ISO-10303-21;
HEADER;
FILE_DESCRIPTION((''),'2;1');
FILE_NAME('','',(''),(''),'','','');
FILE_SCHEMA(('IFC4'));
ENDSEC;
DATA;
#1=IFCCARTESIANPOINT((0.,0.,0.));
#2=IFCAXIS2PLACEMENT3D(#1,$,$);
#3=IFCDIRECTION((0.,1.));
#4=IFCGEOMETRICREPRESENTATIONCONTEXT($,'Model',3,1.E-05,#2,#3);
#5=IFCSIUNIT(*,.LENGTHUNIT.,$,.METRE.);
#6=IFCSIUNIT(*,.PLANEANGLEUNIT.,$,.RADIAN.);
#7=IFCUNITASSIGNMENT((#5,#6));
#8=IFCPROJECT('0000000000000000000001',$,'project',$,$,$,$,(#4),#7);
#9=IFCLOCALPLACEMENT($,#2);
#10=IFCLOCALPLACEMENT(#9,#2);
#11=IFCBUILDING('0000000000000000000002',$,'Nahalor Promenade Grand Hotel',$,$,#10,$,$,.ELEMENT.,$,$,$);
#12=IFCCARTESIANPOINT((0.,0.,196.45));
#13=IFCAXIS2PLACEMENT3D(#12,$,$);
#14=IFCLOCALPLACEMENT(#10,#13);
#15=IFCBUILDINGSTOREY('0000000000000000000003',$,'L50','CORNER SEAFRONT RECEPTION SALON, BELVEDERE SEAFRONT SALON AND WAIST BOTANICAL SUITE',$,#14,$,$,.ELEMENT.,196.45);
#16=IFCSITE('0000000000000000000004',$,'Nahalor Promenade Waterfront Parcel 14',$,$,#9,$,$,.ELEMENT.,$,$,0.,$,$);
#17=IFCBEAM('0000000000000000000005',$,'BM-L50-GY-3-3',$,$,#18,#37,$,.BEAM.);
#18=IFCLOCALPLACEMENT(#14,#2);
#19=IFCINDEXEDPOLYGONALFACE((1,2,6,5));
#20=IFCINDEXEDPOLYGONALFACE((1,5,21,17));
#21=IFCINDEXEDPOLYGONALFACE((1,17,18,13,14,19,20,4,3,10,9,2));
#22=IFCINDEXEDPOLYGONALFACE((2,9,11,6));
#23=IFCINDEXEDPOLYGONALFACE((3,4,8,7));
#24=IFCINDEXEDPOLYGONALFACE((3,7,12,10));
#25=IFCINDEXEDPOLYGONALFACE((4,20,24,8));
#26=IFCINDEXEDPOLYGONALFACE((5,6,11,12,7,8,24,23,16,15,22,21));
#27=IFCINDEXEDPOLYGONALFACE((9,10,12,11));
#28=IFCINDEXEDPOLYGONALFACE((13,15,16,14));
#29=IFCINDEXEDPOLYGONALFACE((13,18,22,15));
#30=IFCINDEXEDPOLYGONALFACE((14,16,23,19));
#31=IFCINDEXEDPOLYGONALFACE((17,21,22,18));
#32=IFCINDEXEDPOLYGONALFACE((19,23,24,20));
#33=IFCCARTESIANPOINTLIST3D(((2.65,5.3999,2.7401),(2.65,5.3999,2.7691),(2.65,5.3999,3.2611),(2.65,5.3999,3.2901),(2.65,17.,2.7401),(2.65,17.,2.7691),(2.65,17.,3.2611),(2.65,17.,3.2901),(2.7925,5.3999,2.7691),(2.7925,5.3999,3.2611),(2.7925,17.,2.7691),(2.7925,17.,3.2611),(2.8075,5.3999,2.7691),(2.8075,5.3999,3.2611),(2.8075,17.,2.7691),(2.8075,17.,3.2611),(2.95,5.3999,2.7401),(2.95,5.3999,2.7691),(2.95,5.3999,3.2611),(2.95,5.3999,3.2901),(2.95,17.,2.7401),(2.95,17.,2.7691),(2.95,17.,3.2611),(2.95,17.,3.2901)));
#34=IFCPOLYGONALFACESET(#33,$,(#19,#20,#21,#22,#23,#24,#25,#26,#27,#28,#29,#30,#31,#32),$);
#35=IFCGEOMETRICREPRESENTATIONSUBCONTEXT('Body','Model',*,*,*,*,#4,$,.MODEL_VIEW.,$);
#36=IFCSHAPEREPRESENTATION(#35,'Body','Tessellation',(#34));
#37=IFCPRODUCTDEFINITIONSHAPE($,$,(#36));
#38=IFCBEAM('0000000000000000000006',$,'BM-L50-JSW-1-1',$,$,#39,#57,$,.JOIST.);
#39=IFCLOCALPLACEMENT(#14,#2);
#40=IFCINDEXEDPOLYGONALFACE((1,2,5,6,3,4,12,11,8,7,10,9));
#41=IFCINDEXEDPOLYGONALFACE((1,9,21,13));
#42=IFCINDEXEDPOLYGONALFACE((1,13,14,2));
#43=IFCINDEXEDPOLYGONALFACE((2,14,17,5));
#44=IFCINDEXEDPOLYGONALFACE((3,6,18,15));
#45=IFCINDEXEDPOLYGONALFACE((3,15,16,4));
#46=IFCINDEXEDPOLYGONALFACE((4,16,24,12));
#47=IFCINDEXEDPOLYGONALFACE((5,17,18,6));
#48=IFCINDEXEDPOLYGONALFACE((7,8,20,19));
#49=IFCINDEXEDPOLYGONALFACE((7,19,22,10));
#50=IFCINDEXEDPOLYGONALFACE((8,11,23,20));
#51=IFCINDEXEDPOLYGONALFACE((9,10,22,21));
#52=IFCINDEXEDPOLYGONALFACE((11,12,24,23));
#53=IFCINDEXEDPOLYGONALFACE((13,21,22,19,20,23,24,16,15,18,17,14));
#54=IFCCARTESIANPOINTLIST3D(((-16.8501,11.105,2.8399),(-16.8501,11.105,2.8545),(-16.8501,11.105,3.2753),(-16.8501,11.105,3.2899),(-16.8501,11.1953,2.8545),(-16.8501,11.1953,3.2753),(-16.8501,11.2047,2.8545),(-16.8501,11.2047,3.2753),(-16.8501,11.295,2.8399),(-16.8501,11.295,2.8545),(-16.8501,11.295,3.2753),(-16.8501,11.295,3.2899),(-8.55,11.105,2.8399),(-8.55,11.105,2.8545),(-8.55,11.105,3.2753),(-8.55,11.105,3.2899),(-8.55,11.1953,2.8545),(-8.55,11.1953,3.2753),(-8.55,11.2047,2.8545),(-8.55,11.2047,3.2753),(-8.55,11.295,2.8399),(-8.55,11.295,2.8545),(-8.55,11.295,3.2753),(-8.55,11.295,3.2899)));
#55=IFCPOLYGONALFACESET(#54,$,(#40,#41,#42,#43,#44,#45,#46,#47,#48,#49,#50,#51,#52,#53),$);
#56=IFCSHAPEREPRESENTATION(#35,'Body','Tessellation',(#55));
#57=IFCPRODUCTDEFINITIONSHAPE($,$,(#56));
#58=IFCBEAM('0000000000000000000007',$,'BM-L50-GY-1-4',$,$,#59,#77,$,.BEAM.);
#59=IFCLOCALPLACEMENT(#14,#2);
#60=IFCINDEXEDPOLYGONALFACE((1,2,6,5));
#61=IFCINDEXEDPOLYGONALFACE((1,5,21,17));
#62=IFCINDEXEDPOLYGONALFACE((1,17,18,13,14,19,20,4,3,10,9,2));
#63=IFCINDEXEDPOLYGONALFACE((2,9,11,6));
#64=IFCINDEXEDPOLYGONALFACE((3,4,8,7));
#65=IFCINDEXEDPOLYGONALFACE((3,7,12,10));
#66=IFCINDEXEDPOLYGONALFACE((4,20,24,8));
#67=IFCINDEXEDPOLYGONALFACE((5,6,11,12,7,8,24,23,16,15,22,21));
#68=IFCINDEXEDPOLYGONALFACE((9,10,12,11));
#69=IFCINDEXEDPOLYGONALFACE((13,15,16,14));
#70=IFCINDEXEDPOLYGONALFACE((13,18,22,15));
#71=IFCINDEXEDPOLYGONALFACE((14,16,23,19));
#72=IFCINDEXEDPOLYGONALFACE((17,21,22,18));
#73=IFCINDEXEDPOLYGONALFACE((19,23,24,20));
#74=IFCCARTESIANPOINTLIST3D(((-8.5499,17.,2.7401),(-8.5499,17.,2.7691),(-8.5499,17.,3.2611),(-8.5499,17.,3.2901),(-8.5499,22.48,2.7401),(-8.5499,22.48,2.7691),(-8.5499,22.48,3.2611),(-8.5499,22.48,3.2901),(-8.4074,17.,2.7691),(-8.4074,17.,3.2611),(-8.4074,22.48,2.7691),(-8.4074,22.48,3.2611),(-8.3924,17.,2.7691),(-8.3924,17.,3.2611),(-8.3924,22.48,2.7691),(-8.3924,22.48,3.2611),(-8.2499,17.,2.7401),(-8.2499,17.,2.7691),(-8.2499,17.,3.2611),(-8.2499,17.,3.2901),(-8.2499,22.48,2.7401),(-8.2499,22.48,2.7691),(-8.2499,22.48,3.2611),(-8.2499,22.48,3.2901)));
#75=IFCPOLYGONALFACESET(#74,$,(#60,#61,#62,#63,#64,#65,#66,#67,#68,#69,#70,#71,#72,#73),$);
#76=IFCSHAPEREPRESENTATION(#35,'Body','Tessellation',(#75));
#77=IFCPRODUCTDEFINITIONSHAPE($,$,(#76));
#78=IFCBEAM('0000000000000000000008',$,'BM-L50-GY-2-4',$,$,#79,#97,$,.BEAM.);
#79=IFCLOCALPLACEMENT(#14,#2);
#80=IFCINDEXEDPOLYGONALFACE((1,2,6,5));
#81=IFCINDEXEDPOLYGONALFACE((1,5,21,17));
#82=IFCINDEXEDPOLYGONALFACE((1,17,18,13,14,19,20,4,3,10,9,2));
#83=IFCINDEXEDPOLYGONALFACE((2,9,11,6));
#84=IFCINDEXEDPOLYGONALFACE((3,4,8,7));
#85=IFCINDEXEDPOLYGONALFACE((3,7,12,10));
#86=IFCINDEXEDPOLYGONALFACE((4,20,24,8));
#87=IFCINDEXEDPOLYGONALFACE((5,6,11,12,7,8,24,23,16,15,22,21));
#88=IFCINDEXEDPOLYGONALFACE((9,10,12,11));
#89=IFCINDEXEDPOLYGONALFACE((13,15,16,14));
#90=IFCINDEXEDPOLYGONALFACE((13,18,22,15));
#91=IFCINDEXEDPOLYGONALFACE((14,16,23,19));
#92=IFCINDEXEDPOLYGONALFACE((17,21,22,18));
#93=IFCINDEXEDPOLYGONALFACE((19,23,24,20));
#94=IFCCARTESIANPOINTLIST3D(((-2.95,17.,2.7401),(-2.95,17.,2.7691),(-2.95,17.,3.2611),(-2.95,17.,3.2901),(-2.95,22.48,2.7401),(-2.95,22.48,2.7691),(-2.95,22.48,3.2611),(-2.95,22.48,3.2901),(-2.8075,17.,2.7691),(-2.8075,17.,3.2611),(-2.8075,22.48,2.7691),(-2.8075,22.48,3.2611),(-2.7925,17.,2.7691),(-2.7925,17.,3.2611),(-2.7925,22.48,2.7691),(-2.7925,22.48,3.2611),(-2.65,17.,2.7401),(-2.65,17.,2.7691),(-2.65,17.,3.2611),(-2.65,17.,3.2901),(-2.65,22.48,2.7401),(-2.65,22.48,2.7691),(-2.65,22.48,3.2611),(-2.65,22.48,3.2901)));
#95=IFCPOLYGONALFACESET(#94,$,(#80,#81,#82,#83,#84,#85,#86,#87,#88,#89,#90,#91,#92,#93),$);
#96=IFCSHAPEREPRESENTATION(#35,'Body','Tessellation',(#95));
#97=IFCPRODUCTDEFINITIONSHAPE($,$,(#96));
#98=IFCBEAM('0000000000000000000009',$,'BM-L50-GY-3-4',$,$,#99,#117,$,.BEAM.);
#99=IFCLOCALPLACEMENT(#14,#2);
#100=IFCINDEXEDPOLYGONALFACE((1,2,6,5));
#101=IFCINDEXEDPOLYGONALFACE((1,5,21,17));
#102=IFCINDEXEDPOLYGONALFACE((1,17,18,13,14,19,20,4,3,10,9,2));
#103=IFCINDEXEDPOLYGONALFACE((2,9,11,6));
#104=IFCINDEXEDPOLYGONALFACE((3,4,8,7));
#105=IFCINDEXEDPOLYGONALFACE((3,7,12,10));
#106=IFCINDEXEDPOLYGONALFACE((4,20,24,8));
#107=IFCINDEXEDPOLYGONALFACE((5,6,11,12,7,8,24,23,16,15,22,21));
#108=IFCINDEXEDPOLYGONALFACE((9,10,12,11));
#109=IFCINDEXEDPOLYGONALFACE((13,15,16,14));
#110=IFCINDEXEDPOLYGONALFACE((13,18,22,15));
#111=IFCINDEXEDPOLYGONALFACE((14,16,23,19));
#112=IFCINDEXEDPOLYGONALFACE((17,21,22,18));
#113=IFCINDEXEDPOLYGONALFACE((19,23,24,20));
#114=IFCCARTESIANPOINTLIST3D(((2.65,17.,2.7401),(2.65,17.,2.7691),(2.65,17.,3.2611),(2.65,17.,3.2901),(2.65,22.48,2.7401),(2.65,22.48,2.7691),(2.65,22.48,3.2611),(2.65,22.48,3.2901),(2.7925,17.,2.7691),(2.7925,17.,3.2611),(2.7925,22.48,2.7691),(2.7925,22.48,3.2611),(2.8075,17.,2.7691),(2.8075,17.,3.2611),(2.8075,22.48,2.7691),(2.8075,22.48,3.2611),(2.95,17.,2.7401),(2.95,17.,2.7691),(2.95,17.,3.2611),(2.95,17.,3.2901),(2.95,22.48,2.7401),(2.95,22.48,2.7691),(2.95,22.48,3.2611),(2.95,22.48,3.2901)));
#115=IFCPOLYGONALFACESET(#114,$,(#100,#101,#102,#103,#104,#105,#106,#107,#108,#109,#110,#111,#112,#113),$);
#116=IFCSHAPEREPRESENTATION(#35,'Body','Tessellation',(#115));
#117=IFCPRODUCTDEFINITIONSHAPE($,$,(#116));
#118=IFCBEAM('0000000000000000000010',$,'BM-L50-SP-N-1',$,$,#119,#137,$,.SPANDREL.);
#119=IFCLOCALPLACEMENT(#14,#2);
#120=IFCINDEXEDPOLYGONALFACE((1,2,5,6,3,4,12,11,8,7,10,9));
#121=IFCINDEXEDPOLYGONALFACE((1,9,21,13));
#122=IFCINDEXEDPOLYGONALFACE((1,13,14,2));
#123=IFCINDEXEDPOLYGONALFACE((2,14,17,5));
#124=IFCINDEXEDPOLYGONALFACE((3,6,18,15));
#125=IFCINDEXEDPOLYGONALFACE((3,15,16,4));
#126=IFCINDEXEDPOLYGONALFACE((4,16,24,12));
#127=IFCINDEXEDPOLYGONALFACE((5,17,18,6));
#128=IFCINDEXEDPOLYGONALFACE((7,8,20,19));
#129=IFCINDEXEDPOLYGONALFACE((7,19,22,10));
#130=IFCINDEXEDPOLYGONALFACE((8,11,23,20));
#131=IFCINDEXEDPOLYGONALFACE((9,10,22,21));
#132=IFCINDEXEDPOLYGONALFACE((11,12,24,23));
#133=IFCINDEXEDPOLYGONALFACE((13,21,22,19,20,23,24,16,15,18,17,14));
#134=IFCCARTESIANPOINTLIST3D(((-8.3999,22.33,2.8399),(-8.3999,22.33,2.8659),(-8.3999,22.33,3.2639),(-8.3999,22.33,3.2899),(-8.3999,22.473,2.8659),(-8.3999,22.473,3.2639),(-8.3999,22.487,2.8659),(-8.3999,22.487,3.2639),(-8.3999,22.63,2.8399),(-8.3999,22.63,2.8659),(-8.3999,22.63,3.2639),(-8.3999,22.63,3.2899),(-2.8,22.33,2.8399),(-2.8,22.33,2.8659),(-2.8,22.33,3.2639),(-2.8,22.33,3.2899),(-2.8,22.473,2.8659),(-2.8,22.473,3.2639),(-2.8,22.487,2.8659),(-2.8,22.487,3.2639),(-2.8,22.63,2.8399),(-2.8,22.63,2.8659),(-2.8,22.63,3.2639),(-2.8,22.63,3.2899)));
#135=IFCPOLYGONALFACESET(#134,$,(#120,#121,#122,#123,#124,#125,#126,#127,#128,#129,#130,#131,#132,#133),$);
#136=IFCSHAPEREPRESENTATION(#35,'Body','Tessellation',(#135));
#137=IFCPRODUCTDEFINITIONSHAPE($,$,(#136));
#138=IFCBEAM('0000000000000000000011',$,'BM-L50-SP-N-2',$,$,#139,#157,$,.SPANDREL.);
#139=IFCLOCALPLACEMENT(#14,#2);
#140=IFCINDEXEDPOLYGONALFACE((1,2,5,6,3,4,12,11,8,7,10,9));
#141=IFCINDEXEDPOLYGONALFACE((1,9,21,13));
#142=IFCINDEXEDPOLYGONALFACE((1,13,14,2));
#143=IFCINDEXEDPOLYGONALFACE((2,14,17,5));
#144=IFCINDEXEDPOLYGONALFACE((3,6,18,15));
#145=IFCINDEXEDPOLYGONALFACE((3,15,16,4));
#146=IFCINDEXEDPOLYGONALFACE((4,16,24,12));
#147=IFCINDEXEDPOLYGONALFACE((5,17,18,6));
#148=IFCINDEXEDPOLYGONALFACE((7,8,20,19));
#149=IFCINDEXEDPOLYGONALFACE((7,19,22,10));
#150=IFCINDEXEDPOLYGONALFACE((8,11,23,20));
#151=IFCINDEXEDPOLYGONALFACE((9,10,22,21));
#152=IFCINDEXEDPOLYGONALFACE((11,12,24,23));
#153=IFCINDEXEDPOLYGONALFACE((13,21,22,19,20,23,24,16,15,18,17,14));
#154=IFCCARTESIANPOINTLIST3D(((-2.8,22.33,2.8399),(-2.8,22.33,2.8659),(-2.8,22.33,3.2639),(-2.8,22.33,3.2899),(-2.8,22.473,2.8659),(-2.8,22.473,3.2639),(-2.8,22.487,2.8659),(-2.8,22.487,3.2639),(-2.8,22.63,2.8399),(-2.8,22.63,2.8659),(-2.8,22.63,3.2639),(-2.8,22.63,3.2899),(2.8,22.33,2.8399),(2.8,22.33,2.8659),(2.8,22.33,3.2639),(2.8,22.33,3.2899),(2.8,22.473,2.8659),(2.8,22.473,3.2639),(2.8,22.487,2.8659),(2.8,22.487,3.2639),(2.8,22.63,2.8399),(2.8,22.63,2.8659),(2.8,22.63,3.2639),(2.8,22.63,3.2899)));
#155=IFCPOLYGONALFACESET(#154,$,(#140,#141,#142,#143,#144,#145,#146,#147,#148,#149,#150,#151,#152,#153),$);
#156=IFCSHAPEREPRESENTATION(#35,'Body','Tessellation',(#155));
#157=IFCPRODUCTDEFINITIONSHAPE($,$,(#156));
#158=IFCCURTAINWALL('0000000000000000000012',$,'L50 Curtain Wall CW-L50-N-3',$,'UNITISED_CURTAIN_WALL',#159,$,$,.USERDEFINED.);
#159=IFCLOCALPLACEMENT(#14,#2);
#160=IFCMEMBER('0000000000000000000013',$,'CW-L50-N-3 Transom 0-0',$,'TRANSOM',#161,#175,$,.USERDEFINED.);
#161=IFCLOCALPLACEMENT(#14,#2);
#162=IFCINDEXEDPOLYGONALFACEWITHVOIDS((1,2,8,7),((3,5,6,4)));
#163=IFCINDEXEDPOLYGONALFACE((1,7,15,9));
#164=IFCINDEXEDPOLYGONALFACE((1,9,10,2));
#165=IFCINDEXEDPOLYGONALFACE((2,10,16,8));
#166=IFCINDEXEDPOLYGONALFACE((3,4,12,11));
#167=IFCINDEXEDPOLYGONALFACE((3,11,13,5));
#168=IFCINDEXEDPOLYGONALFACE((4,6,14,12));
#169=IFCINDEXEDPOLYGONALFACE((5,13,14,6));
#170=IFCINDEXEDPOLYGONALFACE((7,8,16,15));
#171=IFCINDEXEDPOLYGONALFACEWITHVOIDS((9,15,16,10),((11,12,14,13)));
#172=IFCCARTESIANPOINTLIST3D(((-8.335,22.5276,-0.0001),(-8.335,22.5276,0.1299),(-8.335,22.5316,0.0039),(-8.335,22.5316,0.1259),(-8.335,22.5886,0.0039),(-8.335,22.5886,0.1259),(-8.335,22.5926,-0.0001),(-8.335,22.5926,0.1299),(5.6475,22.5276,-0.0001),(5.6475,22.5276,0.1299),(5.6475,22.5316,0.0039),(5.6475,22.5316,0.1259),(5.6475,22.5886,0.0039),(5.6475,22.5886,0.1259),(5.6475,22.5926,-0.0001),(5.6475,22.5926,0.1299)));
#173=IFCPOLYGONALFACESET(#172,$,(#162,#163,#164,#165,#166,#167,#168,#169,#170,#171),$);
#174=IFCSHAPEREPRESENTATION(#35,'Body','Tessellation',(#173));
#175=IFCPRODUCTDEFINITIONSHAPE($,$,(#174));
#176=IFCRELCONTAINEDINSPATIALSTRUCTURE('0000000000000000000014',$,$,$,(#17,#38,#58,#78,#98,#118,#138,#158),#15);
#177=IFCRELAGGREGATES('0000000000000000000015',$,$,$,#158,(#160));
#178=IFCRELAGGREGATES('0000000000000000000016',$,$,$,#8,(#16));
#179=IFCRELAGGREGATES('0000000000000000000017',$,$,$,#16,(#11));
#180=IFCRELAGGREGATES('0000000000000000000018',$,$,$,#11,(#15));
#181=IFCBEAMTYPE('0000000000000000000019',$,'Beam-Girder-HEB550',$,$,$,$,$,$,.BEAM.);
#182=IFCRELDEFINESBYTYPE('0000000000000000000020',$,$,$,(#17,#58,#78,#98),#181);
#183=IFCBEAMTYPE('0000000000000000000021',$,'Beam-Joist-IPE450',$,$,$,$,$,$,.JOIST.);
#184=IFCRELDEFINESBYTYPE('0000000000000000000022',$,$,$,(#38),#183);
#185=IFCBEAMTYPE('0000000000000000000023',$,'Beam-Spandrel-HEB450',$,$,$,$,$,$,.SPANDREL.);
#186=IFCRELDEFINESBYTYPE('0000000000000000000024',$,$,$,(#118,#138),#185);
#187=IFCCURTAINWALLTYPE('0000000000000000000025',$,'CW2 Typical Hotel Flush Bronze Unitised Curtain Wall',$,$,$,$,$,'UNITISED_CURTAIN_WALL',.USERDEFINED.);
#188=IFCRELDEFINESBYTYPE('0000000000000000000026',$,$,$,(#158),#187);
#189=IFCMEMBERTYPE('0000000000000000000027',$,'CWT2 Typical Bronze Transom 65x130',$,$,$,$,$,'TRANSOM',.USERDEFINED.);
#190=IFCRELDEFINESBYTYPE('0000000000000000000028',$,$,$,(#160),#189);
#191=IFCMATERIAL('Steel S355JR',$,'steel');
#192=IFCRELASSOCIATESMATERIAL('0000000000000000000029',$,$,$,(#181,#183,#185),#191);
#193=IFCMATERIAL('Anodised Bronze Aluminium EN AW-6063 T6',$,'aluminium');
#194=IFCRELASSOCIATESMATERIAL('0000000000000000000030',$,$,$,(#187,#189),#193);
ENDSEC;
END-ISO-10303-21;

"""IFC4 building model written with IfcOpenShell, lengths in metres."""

from ifc_helpers import new_model, si_unit, direction, frame, origin, origin_2d, place, context, subcontext, project, spatial, hollow_rectangle, i_section, extrude, source, transform, mapped, material, material_profile, profile_set, type_object, element, aggregate, save


model = new_model("IFC4")

# Units and contexts
model_context = context("Model", 3, precision=1e-05, world=origin(), true_north=direction((0.0, 1.0)))
body_context = subcontext(model_context, "Body", "Model", "MODEL_VIEW")
ifc_project = project(units=[si_unit("LENGTHUNIT", "METRE"), si_unit("PLANEANGLEUNIT", "RADIAN")], contexts=[model_context])

# Site, building, storey
site_placement = place(None, origin())
site = spatial("IfcSite", under=ifc_project, at=site_placement, Name="Nahalor Promenade Waterfront Parcel 14", CompositionType="ELEMENT", RefElevation=0.0)
building_placement = place(site_placement, origin())
building = spatial("IfcBuilding", under=site, at=building_placement, Name="Nahalor Promenade Grand Hotel", CompositionType="ELEMENT")
storey_placement = place(building_placement, frame((0.0, 0.0, 196.45)))
storey = spatial("IfcBuildingStorey", under=building, at=storey_placement, Name="L50", Description="CORNER SEAFRONT RECEPTION SALON, BELVEDERE SEAFRONT SALON AND WAIST BOTANICAL SUITE", CompositionType="ELEMENT", Elevation=196.45)

# Beams
ifc_material_1 = material(Name="Steel S355JR", Category="steel")
ifc_material_profile_1 = material_profile(ifc_material_1, i_section(OverallWidth=0.3, OverallDepth=0.55, WebThickness=0.015, FlangeThickness=0.029, at=origin_2d()), Name="HEB 550")
ifc_profile_set_1 = profile_set([ifc_material_profile_1], Name="Steel S355JR")
beam_type_1 = type_object("IfcBeamType", Name="Beam-Girder-HEB550", PredefinedType="BEAM", material=ifc_profile_set_1)
shared_shape_1 = source(origin(), body_context, "Body", "SweptSolid", [
    extrude(i_section(OverallWidth=0.3, OverallDepth=0.55, WebThickness=0.015, FlangeThickness=0.029, at=origin_2d()), origin(), (0.0, 0.0, 1.0), 11.6001),
])
beam_1_placement = place(storey_placement, frame((2.8, 5.3999, 3.0151), z_axis=(0.0, 1.0, 0.0), x_axis=(-1.0, 0.0, 0.0)))
element("IfcBeam", 1, at=beam_1_placement, inside=storey, type_object=beam_type_1, Name="BM-L50-GY-3-3", PredefinedType="BEAM", context=body_context, shape_type="MappedRepresentation", body=[
    mapped(shared_shape_1, transform((0.0, 0.0, 0.0), scale=1.0)),
])
ifc_material_profile_2 = material_profile(ifc_material_1, i_section(OverallWidth=0.19, OverallDepth=0.45, WebThickness=0.0094, FlangeThickness=0.0146, at=origin_2d()), Name="IPE 450")
ifc_profile_set_2 = profile_set([ifc_material_profile_2], Name="Steel S355JR")
beam_type_2 = type_object("IfcBeamType", Name="Beam-Joist-IPE450", PredefinedType="JOIST", material=ifc_profile_set_2)
shared_shape_2 = source(origin(), body_context, "Body", "SweptSolid", [
    extrude(i_section(OverallWidth=0.19, OverallDepth=0.45, WebThickness=0.0094, FlangeThickness=0.0146, at=origin_2d()), origin(), (0.0, 0.0, 1.0), 8.3),
])
beam_2_placement = place(storey_placement, frame((-16.8501, 11.2, 3.0649), z_axis=(1.0, 0.0, 0.0), x_axis=(0.0, 1.0, 0.0)))
element("IfcBeam", 2, at=beam_2_placement, inside=storey, type_object=beam_type_2, Name="BM-L50-JSW-1-1", PredefinedType="JOIST", context=body_context, shape_type="MappedRepresentation", body=[
    mapped(shared_shape_2, transform((0.0, 0.0, 0.0), scale=1.0)),
])
shared_shape_3 = source(origin(), body_context, "Body", "SweptSolid", [
    extrude(i_section(OverallWidth=0.3, OverallDepth=0.55, WebThickness=0.015, FlangeThickness=0.029, at=origin_2d()), origin(), (0.0, 0.0, 1.0), 5.48),
])
for number, where, z_axis, x_axis, name in (
    (3, (-8.3999, 17.0, 3.0151), (0.0, 1.0, 0.0), (-1.0, 0.0, 0.0), "BM-L50-GY-1-4"),
    (4, (-2.8, 17.0, 3.0151), (0.0, 1.0, 0.0), (-1.0, 0.0, 0.0), "BM-L50-GY-2-4"),
    (5, (2.8, 17.0, 3.0151), (0.0, 1.0, 0.0), (-1.0, 0.0, 0.0), "BM-L50-GY-3-4"),
):
    element("IfcBeam", number, at=place(storey_placement, frame(where, z_axis=z_axis, x_axis=x_axis)), inside=storey, type_object=beam_type_1, Name=name, PredefinedType="BEAM", context=body_context, shape_type="MappedRepresentation", body=[
        mapped(shared_shape_3, transform((0.0, 0.0, 0.0), scale=1.0)),
    ])
ifc_material_profile_3 = material_profile(ifc_material_1, i_section(OverallWidth=0.3, OverallDepth=0.45, WebThickness=0.014, FlangeThickness=0.026, at=origin_2d()), Name="HEB 450")
ifc_profile_set_3 = profile_set([ifc_material_profile_3], Name="Steel S355JR")
beam_type_3 = type_object("IfcBeamType", Name="Beam-Spandrel-HEB450", PredefinedType="SPANDREL", material=ifc_profile_set_3)
shared_shape_4 = source(origin(), body_context, "Body", "SweptSolid", [
    extrude(i_section(OverallWidth=0.3, OverallDepth=0.45, WebThickness=0.014, FlangeThickness=0.026, at=origin_2d()), origin(), (0.0, 0.0, 1.0), 5.5999),
])
beam_3_placement = place(storey_placement, frame((-8.3999, 22.48, 3.0649), z_axis=(1.0, 0.0, 0.0), x_axis=(0.0, 1.0, 0.0)))
element("IfcBeam", 6, at=beam_3_placement, inside=storey, type_object=beam_type_3, Name="BM-L50-SP-N-1", PredefinedType="SPANDREL", context=body_context, shape_type="MappedRepresentation", body=[
    mapped(shared_shape_4, transform((0.0, 0.0, 0.0), scale=1.0)),
])
shared_shape_5 = source(origin(), body_context, "Body", "SweptSolid", [
    extrude(i_section(OverallWidth=0.3, OverallDepth=0.45, WebThickness=0.014, FlangeThickness=0.026, at=origin_2d()), origin(), (0.0, 0.0, 1.0), 5.6001),
])
beam_4_placement = place(storey_placement, frame((-2.8, 22.48, 3.0649), z_axis=(1.0, 0.0, 0.0), x_axis=(0.0, 1.0, 0.0)))
element("IfcBeam", 7, at=beam_4_placement, inside=storey, type_object=beam_type_3, Name="BM-L50-SP-N-2", PredefinedType="SPANDREL", context=body_context, shape_type="MappedRepresentation", body=[
    mapped(shared_shape_5, transform((0.0, 0.0, 0.0), scale=1.0)),
])

# Curtain wall, member
ifc_material_2 = material(Name="Anodised Bronze Aluminium EN AW-6063 T6", Category="aluminium")
curtain_wall_type = type_object("IfcCurtainWallType", Name="CW2 Typical Hotel Flush Bronze Unitised Curtain Wall", ElementType="UNITISED_CURTAIN_WALL", PredefinedType="USERDEFINED", material=ifc_material_2)
curtain_wall_placement = place(storey_placement, origin())
curtain_wall = element("IfcCurtainWall", 8, at=curtain_wall_placement, inside=storey, type_object=curtain_wall_type, Name="L50 Curtain Wall CW-L50-N-3", ObjectType="UNITISED_CURTAIN_WALL", PredefinedType="USERDEFINED")
ifc_material_profile_4 = material_profile(ifc_material_2, hollow_rectangle(XDim=0.065, YDim=0.13, WallThickness=0.004, at=origin_2d()), Name="CWT 65x130x4")
ifc_profile_set_4 = profile_set([ifc_material_profile_4], Name="Anodised Bronze Aluminium EN AW-6063 T6")
member_type_1 = type_object("IfcMemberType", Name="CWT2 Typical Bronze Transom 65x130", ElementType="TRANSOM", PredefinedType="USERDEFINED", material=ifc_profile_set_4)
shared_shape_6 = source(origin(), body_context, "Body", "SweptSolid", [
    extrude(hollow_rectangle(XDim=0.065, YDim=0.13, WallThickness=0.004, at=origin_2d()), origin(), (0.0, 0.0, 1.0), 13.9824),
])
member_1_placement = place(storey_placement, frame((-8.335, 22.5601, 0.0649), z_axis=(1.0, 0.0, 0.0), x_axis=(0.0, 1.0, 0.0)))
member_1 = element("IfcMember", 9, at=member_1_placement, type_object=member_type_1, Name="CW-L50-N-3 Transom 0-0", ObjectType="TRANSOM", PredefinedType="USERDEFINED", context=body_context, shape_type="MappedRepresentation", body=[
    mapped(shared_shape_6, transform((0.0, 0.0, 0.0), scale=1.0)),
])
aggregate(curtain_wall, [member_1])

save(model, "model.ifc")
